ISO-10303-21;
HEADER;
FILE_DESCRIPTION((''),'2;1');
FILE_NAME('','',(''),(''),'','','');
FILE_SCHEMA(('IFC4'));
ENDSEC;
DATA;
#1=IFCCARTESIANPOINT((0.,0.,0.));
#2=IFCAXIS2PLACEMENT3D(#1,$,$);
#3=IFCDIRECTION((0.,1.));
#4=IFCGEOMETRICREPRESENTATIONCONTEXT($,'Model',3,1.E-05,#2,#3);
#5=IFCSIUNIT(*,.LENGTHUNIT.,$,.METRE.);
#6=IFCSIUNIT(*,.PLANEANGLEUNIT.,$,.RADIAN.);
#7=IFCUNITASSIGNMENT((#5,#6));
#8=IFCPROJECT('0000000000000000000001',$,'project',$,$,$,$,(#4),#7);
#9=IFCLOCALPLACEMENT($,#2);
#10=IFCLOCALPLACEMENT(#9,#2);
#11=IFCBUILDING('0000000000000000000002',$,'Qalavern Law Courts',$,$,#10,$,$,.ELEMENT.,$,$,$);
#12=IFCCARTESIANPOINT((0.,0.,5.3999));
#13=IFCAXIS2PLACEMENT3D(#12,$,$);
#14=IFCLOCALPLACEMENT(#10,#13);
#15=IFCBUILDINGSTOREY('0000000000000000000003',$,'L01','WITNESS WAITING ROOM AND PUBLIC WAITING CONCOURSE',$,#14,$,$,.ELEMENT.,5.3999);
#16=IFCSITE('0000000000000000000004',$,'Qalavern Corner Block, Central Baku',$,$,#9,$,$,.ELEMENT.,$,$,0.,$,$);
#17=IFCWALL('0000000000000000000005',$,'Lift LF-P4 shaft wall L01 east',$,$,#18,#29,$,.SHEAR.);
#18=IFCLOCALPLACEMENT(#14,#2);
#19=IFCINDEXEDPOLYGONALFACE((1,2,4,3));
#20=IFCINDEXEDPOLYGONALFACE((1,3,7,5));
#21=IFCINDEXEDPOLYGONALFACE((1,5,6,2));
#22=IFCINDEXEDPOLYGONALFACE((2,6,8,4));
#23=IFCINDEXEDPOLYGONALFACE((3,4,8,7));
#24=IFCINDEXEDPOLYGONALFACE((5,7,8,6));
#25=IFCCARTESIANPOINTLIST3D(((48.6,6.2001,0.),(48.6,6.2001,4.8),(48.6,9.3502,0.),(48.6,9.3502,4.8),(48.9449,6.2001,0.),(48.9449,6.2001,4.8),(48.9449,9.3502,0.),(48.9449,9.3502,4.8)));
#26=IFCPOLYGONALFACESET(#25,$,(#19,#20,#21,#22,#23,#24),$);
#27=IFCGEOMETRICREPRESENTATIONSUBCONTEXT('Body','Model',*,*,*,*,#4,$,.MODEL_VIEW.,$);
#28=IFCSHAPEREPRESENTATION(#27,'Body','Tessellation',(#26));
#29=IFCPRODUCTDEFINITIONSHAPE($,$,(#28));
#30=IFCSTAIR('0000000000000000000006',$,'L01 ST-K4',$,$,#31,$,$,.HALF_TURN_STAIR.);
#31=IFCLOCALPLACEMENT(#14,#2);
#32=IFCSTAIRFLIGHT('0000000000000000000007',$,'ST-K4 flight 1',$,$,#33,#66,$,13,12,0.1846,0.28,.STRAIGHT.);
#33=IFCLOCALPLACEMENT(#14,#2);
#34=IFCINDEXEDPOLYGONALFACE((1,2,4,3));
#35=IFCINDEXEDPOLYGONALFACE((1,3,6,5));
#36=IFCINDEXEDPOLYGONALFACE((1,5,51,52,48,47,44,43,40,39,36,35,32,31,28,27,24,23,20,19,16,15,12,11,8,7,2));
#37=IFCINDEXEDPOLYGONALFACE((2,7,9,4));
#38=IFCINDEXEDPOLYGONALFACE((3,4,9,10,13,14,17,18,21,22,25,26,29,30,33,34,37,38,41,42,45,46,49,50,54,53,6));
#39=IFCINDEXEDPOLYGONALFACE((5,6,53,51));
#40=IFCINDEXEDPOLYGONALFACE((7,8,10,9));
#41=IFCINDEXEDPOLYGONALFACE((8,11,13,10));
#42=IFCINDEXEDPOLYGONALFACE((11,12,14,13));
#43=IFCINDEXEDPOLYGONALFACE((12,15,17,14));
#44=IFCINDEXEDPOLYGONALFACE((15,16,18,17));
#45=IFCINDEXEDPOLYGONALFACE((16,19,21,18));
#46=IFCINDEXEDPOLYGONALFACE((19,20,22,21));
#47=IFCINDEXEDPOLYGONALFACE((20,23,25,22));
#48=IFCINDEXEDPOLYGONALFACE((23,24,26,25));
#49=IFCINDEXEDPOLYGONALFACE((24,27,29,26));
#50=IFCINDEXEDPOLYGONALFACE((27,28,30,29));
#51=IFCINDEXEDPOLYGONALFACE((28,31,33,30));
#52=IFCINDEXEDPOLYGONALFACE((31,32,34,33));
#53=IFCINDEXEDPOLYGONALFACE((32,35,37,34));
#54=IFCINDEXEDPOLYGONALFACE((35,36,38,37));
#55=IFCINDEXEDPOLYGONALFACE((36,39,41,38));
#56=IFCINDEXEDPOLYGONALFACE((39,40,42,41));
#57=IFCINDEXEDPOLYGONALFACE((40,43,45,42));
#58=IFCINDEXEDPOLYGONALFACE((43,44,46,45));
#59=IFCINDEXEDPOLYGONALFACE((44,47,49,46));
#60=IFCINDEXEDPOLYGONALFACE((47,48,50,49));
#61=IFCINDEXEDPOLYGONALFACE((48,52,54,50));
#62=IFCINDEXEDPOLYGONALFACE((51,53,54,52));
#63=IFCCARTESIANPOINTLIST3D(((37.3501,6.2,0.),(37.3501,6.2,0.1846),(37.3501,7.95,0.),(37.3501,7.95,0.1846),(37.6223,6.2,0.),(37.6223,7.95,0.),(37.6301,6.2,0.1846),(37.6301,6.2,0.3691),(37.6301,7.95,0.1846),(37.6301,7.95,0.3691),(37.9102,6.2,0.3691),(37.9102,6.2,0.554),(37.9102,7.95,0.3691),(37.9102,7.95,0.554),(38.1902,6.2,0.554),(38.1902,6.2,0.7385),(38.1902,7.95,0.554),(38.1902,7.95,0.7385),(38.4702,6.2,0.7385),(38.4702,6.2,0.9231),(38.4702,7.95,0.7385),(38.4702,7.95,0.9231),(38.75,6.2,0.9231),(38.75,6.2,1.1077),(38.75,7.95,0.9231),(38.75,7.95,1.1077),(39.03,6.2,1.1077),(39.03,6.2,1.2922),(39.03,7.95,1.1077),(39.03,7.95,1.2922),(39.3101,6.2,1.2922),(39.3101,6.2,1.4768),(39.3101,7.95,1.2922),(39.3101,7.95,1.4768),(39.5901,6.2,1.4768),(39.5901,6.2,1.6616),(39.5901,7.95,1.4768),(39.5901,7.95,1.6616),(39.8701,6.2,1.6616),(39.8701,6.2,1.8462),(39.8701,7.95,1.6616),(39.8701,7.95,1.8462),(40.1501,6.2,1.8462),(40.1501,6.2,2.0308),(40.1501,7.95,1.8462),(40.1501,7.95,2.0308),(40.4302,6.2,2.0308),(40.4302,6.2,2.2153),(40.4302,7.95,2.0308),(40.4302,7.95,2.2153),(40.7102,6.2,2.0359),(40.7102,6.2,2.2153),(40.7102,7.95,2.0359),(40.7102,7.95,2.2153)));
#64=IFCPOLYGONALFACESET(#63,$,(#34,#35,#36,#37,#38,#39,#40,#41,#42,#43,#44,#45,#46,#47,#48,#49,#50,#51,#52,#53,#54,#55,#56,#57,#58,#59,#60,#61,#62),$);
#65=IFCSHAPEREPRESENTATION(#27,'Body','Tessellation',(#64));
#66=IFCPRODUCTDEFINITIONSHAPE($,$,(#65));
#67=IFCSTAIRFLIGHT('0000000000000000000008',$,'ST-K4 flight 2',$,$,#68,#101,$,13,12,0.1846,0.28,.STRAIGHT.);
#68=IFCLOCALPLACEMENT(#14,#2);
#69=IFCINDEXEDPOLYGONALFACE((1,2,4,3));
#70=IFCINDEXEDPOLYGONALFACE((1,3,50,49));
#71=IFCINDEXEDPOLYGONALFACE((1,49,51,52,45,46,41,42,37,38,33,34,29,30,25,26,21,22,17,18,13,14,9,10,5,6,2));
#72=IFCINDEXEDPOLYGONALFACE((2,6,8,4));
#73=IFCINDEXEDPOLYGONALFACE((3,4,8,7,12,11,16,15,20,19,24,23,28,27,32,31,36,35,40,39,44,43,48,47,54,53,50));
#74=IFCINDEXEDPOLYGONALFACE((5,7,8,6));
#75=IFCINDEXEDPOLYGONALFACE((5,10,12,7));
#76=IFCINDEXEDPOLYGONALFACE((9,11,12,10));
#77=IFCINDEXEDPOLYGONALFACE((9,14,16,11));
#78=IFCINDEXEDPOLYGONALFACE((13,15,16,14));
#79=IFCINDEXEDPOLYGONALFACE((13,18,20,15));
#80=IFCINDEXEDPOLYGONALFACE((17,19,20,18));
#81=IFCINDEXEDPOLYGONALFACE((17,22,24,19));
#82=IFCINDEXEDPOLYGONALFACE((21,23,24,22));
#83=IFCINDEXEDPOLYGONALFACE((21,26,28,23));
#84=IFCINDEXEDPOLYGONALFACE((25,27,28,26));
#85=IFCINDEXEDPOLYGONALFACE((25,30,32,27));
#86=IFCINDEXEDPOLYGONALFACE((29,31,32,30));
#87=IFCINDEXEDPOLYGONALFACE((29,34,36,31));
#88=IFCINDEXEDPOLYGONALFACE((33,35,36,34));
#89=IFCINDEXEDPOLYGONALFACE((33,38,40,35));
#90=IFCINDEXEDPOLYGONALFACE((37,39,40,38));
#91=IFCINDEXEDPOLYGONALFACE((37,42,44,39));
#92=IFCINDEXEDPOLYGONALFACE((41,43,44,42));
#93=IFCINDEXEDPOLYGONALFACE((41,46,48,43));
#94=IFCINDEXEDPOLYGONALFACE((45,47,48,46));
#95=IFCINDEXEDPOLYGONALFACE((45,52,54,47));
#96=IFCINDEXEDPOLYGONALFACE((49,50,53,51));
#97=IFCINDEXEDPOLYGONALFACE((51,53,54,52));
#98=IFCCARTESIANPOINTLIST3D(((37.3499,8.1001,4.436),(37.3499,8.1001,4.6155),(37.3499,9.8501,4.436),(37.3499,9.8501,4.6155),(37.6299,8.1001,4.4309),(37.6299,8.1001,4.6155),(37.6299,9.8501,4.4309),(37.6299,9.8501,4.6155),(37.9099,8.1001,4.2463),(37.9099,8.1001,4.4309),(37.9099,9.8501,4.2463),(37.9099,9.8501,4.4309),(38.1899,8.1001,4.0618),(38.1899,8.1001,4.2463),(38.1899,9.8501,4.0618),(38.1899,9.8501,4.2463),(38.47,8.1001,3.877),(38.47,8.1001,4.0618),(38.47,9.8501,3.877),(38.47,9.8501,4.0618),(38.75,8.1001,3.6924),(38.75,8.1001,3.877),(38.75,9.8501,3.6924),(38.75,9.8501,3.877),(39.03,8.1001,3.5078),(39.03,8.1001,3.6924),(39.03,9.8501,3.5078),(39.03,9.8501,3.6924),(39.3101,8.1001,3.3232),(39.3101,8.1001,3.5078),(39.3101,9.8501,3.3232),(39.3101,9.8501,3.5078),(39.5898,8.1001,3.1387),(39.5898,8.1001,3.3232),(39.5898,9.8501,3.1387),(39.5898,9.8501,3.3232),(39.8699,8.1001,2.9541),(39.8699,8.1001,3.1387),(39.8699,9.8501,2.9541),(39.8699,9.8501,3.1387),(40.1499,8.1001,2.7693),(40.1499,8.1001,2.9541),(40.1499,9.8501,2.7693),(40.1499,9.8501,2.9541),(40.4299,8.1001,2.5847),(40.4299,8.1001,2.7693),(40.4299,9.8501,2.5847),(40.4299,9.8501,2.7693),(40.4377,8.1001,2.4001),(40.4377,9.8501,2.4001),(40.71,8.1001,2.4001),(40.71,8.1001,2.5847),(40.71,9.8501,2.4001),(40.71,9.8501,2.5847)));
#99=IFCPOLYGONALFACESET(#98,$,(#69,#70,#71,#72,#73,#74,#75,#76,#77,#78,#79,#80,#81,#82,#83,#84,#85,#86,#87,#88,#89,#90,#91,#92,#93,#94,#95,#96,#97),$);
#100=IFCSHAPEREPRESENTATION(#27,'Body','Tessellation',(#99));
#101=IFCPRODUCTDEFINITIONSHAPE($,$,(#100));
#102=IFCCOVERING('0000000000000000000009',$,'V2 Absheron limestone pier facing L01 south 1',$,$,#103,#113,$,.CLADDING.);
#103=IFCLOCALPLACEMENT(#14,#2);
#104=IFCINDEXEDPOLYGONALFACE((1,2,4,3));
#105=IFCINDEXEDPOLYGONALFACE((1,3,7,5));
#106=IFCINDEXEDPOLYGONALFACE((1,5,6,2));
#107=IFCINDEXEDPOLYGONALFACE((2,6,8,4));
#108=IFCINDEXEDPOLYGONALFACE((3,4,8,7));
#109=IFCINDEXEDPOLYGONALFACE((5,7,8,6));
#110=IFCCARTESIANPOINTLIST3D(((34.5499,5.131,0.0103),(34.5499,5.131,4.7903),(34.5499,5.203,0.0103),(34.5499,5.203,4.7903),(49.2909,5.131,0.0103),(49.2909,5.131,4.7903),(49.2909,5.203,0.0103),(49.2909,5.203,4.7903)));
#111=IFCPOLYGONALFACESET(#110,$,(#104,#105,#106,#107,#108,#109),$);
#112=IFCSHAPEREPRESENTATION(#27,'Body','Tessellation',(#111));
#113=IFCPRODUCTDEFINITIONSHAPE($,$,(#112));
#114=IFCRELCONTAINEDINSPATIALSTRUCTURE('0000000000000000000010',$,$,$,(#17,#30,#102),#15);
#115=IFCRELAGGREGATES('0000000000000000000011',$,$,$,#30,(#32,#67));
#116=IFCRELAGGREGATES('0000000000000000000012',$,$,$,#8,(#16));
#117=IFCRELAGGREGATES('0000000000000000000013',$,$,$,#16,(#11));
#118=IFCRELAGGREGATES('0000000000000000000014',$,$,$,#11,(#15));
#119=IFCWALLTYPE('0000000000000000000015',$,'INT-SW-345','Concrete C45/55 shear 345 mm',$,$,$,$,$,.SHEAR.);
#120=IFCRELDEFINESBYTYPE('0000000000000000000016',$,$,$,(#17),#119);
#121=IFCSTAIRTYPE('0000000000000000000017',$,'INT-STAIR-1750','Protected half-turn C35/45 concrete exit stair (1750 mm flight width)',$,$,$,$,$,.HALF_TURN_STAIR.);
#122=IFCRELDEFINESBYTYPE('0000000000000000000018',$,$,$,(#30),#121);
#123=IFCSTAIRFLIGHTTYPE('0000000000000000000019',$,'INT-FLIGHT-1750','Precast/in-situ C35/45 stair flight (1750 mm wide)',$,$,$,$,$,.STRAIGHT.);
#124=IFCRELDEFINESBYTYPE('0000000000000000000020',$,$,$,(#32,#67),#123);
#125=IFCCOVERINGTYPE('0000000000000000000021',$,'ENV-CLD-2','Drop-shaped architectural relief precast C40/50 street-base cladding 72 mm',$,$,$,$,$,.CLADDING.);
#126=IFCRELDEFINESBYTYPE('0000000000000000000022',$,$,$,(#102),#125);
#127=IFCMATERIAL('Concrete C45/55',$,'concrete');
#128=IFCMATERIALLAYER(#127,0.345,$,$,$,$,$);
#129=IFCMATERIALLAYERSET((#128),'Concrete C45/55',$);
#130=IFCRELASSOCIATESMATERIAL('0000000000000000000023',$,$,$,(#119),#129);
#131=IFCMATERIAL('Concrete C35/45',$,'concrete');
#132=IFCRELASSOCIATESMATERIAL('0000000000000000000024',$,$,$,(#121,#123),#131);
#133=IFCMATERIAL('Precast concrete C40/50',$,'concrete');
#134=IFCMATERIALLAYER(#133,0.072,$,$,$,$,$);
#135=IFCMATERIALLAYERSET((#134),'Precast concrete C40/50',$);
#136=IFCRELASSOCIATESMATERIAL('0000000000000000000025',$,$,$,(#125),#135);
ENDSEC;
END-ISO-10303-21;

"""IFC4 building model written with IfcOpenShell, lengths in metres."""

from ifc_helpers import new_model, si_unit, direction, frame, frame_2d, origin, origin_2d, place, context, subcontext, project, spatial, polyline, rectangle, outline, extrude, material, layer, layer_set, type_object, element, aggregate, save


model = new_model("IFC4")

# Units and contexts
model_context = context("Model", 3, precision=1e-05, world=origin(), true_north=direction((0.0, 1.0)))
body_context = subcontext(model_context, "Body", "Model", "MODEL_VIEW")
ifc_project = project(units=[si_unit("LENGTHUNIT", "METRE"), si_unit("PLANEANGLEUNIT", "RADIAN")], contexts=[model_context])

# Site, building, storey
site_placement = place(None, origin())
site = spatial("IfcSite", under=ifc_project, at=site_placement, Name="Qalavern Corner Block, Central Baku", CompositionType="ELEMENT", RefElevation=0.0)
building_placement = place(site_placement, origin())
building = spatial("IfcBuilding", under=site, at=building_placement, Name="Qalavern Law Courts", CompositionType="ELEMENT")
storey_placement = place(building_placement, frame((0.0, 0.0, 5.3999)))
storey = spatial("IfcBuildingStorey", under=building, at=storey_placement, Name="L01", Description="WITNESS WAITING ROOM AND PUBLIC WAITING CONCOURSE", CompositionType="ELEMENT", Elevation=5.3999)

# Shared definitions
ifc_material_1 = material(Name="Concrete C45/55", Category="concrete")

# Shared definitions
ifc_layer_1 = layer(ifc_material_1, 0.345)
ifc_layer_set_1 = layer_set([ifc_layer_1], Name="Concrete C45/55")
wall_type_1 = type_object("IfcWallType", Name="INT-SW-345", Description="Concrete C45/55 shear 345 mm", PredefinedType="SHEAR", material=ifc_layer_set_1)

# Wall
wall_1_placement = place(storey_placement, frame((48.7725, 6.2, 0.0), z_axis=(0.0, 0.0, 1.0), x_axis=(0.0, 1.0, 0.0)))
element("IfcWall", 1, at=wall_1_placement, inside=storey, type_object=wall_type_1, Name="Lift LF-P4 shaft wall L01 east", PredefinedType="SHEAR", context=body_context, shape_type="SweptSolid", body=[
    extrude(rectangle(XDim=3.1501, YDim=0.345, at=frame_2d((1.5752, 0.0))), origin(), (0.0, 0.0, 1.0), 4.8),
])

# Stair, stair flights
ifc_material_2 = material(Name="Concrete C35/45", Category="concrete")
stair_type = type_object("IfcStairType", Name="INT-STAIR-1750", Description="Protected half-turn C35/45 concrete exit stair (1750 mm flight width)", PredefinedType="HALF_TURN_STAIR", material=ifc_material_2)
stair_placement = place(storey_placement, origin())
stair = element("IfcStair", 2, at=stair_placement, inside=storey, type_object=stair_type, Name="L01 ST-K4", PredefinedType="HALF_TURN_STAIR")
stair_flight_type = type_object("IfcStairFlightType", Name="INT-FLIGHT-1750", Description="Precast/in-situ C35/45 stair flight (1750 mm wide)", PredefinedType="STRAIGHT", material=ifc_material_2)
stair_flight_1_placement = place(storey_placement, frame((37.3501, 7.075, 0.0), z_axis=(0.0, 0.0, 1.0), x_axis=(1.0, 0.0, 0.0)))
stair_flight_1 = element("IfcStairFlight", 3, at=stair_flight_1_placement, type_object=stair_flight_type, Name="ST-K4 flight 1", NumberOfRisers=13, NumberOfTreads=12, PredefinedType="STRAIGHT", RiserHeight=0.1846, TreadLength=0.28, context=body_context, shape_type="SweptSolid", body=[
    extrude(outline(polyline([(0.0, 0.0), (0.0, 0.1846), (0.28, 0.1846), (0.28, 0.3691), (0.5601, 0.3691), (0.5601, 0.554), (0.8401, 0.554), (0.8401, 0.7385), (1.1201, 0.7385), (1.1201, 0.9231), (1.3999, 0.9231), (1.3999, 1.1077), (1.6799, 1.1077), (1.6799, 1.2922), (1.96, 1.2922), (1.96, 1.4768), (2.24, 1.4768), (2.24, 1.6616), (2.52, 1.6616), (2.52, 1.8462), (2.8, 1.8462), (2.8, 2.0308), (3.0801, 2.0308), (3.0801, 2.2153), (3.3601, 2.2153), (3.3601, 2.3999), (3.3601, 2.0359), (0.2722, 0.0), (0.0, 0.0)])), frame((0.0, 0.875, 0.0), z_axis=(0.0, -1.0, 0.0), x_axis=(1.0, 0.0, 0.0)), (0.0, 0.0, 1.0), 1.75),
])
stair_flight_2_placement = place(storey_placement, frame((40.71, 8.9751, 2.4001), z_axis=(0.0, 0.0, 1.0), x_axis=(-1.0, 0.0, 0.0)))
stair_flight_2 = element("IfcStairFlight", 4, at=stair_flight_2_placement, type_object=stair_flight_type, Name="ST-K4 flight 2", NumberOfRisers=13, NumberOfTreads=12, PredefinedType="STRAIGHT", RiserHeight=0.1846, TreadLength=0.28, context=body_context, shape_type="SweptSolid", body=[
    extrude(outline(polyline([(0.0, 0.0), (0.0, 0.1846), (0.28, 0.1846), (0.28, 0.3691), (0.5601, 0.3691), (0.5601, 0.554), (0.8401, 0.554), (0.8401, 0.7385), (1.1201, 0.7385), (1.1201, 0.9231), (1.3999, 0.9231), (1.3999, 1.1077), (1.6799, 1.1077), (1.6799, 1.2922), (1.96, 1.2922), (1.96, 1.4768), (2.24, 1.4768), (2.24, 1.6616), (2.52, 1.6616), (2.52, 1.8462), (2.8, 1.8462), (2.8, 2.0308), (3.0801, 2.0308), (3.0801, 2.2153), (3.3601, 2.2153), (3.3601, 2.3999), (3.3601, 2.0359), (0.2722, 0.0), (0.0, 0.0)])), frame((0.0, 0.875, 0.0), z_axis=(0.0, -1.0, 0.0), x_axis=(1.0, 0.0, 0.0)), (0.0, 0.0, 1.0), 1.75),
])
aggregate(stair, [stair_flight_1, stair_flight_2])

# Covering
ifc_material_3 = material(Name="Precast concrete C40/50", Category="concrete")
ifc_layer_2 = layer(ifc_material_3, 0.072)
ifc_layer_set_2 = layer_set([ifc_layer_2], Name="Precast concrete C40/50")
covering_type = type_object("IfcCoveringType", Name="ENV-CLD-2", Description="Drop-shaped architectural relief precast C40/50 street-base cladding 72 mm", PredefinedType="CLADDING", material=ifc_layer_set_2)
covering_placement = place(storey_placement, frame((41.9204, 5.167, 0.0103), z_axis=(0.0, 0.0, 1.0), x_axis=(1.0, 0.0, 0.0)))
element("IfcCovering", 5, at=covering_placement, inside=storey, type_object=covering_type, Name="V2 Absheron limestone pier facing L01 south 1", PredefinedType="CLADDING", context=body_context, shape_type="SweptSolid", body=[
    extrude(rectangle(XDim=14.741, YDim=0.072, at=origin_2d()), origin(), (0.0, 0.0, 1.0), 4.78),
])

save(model, "model.ifc")
